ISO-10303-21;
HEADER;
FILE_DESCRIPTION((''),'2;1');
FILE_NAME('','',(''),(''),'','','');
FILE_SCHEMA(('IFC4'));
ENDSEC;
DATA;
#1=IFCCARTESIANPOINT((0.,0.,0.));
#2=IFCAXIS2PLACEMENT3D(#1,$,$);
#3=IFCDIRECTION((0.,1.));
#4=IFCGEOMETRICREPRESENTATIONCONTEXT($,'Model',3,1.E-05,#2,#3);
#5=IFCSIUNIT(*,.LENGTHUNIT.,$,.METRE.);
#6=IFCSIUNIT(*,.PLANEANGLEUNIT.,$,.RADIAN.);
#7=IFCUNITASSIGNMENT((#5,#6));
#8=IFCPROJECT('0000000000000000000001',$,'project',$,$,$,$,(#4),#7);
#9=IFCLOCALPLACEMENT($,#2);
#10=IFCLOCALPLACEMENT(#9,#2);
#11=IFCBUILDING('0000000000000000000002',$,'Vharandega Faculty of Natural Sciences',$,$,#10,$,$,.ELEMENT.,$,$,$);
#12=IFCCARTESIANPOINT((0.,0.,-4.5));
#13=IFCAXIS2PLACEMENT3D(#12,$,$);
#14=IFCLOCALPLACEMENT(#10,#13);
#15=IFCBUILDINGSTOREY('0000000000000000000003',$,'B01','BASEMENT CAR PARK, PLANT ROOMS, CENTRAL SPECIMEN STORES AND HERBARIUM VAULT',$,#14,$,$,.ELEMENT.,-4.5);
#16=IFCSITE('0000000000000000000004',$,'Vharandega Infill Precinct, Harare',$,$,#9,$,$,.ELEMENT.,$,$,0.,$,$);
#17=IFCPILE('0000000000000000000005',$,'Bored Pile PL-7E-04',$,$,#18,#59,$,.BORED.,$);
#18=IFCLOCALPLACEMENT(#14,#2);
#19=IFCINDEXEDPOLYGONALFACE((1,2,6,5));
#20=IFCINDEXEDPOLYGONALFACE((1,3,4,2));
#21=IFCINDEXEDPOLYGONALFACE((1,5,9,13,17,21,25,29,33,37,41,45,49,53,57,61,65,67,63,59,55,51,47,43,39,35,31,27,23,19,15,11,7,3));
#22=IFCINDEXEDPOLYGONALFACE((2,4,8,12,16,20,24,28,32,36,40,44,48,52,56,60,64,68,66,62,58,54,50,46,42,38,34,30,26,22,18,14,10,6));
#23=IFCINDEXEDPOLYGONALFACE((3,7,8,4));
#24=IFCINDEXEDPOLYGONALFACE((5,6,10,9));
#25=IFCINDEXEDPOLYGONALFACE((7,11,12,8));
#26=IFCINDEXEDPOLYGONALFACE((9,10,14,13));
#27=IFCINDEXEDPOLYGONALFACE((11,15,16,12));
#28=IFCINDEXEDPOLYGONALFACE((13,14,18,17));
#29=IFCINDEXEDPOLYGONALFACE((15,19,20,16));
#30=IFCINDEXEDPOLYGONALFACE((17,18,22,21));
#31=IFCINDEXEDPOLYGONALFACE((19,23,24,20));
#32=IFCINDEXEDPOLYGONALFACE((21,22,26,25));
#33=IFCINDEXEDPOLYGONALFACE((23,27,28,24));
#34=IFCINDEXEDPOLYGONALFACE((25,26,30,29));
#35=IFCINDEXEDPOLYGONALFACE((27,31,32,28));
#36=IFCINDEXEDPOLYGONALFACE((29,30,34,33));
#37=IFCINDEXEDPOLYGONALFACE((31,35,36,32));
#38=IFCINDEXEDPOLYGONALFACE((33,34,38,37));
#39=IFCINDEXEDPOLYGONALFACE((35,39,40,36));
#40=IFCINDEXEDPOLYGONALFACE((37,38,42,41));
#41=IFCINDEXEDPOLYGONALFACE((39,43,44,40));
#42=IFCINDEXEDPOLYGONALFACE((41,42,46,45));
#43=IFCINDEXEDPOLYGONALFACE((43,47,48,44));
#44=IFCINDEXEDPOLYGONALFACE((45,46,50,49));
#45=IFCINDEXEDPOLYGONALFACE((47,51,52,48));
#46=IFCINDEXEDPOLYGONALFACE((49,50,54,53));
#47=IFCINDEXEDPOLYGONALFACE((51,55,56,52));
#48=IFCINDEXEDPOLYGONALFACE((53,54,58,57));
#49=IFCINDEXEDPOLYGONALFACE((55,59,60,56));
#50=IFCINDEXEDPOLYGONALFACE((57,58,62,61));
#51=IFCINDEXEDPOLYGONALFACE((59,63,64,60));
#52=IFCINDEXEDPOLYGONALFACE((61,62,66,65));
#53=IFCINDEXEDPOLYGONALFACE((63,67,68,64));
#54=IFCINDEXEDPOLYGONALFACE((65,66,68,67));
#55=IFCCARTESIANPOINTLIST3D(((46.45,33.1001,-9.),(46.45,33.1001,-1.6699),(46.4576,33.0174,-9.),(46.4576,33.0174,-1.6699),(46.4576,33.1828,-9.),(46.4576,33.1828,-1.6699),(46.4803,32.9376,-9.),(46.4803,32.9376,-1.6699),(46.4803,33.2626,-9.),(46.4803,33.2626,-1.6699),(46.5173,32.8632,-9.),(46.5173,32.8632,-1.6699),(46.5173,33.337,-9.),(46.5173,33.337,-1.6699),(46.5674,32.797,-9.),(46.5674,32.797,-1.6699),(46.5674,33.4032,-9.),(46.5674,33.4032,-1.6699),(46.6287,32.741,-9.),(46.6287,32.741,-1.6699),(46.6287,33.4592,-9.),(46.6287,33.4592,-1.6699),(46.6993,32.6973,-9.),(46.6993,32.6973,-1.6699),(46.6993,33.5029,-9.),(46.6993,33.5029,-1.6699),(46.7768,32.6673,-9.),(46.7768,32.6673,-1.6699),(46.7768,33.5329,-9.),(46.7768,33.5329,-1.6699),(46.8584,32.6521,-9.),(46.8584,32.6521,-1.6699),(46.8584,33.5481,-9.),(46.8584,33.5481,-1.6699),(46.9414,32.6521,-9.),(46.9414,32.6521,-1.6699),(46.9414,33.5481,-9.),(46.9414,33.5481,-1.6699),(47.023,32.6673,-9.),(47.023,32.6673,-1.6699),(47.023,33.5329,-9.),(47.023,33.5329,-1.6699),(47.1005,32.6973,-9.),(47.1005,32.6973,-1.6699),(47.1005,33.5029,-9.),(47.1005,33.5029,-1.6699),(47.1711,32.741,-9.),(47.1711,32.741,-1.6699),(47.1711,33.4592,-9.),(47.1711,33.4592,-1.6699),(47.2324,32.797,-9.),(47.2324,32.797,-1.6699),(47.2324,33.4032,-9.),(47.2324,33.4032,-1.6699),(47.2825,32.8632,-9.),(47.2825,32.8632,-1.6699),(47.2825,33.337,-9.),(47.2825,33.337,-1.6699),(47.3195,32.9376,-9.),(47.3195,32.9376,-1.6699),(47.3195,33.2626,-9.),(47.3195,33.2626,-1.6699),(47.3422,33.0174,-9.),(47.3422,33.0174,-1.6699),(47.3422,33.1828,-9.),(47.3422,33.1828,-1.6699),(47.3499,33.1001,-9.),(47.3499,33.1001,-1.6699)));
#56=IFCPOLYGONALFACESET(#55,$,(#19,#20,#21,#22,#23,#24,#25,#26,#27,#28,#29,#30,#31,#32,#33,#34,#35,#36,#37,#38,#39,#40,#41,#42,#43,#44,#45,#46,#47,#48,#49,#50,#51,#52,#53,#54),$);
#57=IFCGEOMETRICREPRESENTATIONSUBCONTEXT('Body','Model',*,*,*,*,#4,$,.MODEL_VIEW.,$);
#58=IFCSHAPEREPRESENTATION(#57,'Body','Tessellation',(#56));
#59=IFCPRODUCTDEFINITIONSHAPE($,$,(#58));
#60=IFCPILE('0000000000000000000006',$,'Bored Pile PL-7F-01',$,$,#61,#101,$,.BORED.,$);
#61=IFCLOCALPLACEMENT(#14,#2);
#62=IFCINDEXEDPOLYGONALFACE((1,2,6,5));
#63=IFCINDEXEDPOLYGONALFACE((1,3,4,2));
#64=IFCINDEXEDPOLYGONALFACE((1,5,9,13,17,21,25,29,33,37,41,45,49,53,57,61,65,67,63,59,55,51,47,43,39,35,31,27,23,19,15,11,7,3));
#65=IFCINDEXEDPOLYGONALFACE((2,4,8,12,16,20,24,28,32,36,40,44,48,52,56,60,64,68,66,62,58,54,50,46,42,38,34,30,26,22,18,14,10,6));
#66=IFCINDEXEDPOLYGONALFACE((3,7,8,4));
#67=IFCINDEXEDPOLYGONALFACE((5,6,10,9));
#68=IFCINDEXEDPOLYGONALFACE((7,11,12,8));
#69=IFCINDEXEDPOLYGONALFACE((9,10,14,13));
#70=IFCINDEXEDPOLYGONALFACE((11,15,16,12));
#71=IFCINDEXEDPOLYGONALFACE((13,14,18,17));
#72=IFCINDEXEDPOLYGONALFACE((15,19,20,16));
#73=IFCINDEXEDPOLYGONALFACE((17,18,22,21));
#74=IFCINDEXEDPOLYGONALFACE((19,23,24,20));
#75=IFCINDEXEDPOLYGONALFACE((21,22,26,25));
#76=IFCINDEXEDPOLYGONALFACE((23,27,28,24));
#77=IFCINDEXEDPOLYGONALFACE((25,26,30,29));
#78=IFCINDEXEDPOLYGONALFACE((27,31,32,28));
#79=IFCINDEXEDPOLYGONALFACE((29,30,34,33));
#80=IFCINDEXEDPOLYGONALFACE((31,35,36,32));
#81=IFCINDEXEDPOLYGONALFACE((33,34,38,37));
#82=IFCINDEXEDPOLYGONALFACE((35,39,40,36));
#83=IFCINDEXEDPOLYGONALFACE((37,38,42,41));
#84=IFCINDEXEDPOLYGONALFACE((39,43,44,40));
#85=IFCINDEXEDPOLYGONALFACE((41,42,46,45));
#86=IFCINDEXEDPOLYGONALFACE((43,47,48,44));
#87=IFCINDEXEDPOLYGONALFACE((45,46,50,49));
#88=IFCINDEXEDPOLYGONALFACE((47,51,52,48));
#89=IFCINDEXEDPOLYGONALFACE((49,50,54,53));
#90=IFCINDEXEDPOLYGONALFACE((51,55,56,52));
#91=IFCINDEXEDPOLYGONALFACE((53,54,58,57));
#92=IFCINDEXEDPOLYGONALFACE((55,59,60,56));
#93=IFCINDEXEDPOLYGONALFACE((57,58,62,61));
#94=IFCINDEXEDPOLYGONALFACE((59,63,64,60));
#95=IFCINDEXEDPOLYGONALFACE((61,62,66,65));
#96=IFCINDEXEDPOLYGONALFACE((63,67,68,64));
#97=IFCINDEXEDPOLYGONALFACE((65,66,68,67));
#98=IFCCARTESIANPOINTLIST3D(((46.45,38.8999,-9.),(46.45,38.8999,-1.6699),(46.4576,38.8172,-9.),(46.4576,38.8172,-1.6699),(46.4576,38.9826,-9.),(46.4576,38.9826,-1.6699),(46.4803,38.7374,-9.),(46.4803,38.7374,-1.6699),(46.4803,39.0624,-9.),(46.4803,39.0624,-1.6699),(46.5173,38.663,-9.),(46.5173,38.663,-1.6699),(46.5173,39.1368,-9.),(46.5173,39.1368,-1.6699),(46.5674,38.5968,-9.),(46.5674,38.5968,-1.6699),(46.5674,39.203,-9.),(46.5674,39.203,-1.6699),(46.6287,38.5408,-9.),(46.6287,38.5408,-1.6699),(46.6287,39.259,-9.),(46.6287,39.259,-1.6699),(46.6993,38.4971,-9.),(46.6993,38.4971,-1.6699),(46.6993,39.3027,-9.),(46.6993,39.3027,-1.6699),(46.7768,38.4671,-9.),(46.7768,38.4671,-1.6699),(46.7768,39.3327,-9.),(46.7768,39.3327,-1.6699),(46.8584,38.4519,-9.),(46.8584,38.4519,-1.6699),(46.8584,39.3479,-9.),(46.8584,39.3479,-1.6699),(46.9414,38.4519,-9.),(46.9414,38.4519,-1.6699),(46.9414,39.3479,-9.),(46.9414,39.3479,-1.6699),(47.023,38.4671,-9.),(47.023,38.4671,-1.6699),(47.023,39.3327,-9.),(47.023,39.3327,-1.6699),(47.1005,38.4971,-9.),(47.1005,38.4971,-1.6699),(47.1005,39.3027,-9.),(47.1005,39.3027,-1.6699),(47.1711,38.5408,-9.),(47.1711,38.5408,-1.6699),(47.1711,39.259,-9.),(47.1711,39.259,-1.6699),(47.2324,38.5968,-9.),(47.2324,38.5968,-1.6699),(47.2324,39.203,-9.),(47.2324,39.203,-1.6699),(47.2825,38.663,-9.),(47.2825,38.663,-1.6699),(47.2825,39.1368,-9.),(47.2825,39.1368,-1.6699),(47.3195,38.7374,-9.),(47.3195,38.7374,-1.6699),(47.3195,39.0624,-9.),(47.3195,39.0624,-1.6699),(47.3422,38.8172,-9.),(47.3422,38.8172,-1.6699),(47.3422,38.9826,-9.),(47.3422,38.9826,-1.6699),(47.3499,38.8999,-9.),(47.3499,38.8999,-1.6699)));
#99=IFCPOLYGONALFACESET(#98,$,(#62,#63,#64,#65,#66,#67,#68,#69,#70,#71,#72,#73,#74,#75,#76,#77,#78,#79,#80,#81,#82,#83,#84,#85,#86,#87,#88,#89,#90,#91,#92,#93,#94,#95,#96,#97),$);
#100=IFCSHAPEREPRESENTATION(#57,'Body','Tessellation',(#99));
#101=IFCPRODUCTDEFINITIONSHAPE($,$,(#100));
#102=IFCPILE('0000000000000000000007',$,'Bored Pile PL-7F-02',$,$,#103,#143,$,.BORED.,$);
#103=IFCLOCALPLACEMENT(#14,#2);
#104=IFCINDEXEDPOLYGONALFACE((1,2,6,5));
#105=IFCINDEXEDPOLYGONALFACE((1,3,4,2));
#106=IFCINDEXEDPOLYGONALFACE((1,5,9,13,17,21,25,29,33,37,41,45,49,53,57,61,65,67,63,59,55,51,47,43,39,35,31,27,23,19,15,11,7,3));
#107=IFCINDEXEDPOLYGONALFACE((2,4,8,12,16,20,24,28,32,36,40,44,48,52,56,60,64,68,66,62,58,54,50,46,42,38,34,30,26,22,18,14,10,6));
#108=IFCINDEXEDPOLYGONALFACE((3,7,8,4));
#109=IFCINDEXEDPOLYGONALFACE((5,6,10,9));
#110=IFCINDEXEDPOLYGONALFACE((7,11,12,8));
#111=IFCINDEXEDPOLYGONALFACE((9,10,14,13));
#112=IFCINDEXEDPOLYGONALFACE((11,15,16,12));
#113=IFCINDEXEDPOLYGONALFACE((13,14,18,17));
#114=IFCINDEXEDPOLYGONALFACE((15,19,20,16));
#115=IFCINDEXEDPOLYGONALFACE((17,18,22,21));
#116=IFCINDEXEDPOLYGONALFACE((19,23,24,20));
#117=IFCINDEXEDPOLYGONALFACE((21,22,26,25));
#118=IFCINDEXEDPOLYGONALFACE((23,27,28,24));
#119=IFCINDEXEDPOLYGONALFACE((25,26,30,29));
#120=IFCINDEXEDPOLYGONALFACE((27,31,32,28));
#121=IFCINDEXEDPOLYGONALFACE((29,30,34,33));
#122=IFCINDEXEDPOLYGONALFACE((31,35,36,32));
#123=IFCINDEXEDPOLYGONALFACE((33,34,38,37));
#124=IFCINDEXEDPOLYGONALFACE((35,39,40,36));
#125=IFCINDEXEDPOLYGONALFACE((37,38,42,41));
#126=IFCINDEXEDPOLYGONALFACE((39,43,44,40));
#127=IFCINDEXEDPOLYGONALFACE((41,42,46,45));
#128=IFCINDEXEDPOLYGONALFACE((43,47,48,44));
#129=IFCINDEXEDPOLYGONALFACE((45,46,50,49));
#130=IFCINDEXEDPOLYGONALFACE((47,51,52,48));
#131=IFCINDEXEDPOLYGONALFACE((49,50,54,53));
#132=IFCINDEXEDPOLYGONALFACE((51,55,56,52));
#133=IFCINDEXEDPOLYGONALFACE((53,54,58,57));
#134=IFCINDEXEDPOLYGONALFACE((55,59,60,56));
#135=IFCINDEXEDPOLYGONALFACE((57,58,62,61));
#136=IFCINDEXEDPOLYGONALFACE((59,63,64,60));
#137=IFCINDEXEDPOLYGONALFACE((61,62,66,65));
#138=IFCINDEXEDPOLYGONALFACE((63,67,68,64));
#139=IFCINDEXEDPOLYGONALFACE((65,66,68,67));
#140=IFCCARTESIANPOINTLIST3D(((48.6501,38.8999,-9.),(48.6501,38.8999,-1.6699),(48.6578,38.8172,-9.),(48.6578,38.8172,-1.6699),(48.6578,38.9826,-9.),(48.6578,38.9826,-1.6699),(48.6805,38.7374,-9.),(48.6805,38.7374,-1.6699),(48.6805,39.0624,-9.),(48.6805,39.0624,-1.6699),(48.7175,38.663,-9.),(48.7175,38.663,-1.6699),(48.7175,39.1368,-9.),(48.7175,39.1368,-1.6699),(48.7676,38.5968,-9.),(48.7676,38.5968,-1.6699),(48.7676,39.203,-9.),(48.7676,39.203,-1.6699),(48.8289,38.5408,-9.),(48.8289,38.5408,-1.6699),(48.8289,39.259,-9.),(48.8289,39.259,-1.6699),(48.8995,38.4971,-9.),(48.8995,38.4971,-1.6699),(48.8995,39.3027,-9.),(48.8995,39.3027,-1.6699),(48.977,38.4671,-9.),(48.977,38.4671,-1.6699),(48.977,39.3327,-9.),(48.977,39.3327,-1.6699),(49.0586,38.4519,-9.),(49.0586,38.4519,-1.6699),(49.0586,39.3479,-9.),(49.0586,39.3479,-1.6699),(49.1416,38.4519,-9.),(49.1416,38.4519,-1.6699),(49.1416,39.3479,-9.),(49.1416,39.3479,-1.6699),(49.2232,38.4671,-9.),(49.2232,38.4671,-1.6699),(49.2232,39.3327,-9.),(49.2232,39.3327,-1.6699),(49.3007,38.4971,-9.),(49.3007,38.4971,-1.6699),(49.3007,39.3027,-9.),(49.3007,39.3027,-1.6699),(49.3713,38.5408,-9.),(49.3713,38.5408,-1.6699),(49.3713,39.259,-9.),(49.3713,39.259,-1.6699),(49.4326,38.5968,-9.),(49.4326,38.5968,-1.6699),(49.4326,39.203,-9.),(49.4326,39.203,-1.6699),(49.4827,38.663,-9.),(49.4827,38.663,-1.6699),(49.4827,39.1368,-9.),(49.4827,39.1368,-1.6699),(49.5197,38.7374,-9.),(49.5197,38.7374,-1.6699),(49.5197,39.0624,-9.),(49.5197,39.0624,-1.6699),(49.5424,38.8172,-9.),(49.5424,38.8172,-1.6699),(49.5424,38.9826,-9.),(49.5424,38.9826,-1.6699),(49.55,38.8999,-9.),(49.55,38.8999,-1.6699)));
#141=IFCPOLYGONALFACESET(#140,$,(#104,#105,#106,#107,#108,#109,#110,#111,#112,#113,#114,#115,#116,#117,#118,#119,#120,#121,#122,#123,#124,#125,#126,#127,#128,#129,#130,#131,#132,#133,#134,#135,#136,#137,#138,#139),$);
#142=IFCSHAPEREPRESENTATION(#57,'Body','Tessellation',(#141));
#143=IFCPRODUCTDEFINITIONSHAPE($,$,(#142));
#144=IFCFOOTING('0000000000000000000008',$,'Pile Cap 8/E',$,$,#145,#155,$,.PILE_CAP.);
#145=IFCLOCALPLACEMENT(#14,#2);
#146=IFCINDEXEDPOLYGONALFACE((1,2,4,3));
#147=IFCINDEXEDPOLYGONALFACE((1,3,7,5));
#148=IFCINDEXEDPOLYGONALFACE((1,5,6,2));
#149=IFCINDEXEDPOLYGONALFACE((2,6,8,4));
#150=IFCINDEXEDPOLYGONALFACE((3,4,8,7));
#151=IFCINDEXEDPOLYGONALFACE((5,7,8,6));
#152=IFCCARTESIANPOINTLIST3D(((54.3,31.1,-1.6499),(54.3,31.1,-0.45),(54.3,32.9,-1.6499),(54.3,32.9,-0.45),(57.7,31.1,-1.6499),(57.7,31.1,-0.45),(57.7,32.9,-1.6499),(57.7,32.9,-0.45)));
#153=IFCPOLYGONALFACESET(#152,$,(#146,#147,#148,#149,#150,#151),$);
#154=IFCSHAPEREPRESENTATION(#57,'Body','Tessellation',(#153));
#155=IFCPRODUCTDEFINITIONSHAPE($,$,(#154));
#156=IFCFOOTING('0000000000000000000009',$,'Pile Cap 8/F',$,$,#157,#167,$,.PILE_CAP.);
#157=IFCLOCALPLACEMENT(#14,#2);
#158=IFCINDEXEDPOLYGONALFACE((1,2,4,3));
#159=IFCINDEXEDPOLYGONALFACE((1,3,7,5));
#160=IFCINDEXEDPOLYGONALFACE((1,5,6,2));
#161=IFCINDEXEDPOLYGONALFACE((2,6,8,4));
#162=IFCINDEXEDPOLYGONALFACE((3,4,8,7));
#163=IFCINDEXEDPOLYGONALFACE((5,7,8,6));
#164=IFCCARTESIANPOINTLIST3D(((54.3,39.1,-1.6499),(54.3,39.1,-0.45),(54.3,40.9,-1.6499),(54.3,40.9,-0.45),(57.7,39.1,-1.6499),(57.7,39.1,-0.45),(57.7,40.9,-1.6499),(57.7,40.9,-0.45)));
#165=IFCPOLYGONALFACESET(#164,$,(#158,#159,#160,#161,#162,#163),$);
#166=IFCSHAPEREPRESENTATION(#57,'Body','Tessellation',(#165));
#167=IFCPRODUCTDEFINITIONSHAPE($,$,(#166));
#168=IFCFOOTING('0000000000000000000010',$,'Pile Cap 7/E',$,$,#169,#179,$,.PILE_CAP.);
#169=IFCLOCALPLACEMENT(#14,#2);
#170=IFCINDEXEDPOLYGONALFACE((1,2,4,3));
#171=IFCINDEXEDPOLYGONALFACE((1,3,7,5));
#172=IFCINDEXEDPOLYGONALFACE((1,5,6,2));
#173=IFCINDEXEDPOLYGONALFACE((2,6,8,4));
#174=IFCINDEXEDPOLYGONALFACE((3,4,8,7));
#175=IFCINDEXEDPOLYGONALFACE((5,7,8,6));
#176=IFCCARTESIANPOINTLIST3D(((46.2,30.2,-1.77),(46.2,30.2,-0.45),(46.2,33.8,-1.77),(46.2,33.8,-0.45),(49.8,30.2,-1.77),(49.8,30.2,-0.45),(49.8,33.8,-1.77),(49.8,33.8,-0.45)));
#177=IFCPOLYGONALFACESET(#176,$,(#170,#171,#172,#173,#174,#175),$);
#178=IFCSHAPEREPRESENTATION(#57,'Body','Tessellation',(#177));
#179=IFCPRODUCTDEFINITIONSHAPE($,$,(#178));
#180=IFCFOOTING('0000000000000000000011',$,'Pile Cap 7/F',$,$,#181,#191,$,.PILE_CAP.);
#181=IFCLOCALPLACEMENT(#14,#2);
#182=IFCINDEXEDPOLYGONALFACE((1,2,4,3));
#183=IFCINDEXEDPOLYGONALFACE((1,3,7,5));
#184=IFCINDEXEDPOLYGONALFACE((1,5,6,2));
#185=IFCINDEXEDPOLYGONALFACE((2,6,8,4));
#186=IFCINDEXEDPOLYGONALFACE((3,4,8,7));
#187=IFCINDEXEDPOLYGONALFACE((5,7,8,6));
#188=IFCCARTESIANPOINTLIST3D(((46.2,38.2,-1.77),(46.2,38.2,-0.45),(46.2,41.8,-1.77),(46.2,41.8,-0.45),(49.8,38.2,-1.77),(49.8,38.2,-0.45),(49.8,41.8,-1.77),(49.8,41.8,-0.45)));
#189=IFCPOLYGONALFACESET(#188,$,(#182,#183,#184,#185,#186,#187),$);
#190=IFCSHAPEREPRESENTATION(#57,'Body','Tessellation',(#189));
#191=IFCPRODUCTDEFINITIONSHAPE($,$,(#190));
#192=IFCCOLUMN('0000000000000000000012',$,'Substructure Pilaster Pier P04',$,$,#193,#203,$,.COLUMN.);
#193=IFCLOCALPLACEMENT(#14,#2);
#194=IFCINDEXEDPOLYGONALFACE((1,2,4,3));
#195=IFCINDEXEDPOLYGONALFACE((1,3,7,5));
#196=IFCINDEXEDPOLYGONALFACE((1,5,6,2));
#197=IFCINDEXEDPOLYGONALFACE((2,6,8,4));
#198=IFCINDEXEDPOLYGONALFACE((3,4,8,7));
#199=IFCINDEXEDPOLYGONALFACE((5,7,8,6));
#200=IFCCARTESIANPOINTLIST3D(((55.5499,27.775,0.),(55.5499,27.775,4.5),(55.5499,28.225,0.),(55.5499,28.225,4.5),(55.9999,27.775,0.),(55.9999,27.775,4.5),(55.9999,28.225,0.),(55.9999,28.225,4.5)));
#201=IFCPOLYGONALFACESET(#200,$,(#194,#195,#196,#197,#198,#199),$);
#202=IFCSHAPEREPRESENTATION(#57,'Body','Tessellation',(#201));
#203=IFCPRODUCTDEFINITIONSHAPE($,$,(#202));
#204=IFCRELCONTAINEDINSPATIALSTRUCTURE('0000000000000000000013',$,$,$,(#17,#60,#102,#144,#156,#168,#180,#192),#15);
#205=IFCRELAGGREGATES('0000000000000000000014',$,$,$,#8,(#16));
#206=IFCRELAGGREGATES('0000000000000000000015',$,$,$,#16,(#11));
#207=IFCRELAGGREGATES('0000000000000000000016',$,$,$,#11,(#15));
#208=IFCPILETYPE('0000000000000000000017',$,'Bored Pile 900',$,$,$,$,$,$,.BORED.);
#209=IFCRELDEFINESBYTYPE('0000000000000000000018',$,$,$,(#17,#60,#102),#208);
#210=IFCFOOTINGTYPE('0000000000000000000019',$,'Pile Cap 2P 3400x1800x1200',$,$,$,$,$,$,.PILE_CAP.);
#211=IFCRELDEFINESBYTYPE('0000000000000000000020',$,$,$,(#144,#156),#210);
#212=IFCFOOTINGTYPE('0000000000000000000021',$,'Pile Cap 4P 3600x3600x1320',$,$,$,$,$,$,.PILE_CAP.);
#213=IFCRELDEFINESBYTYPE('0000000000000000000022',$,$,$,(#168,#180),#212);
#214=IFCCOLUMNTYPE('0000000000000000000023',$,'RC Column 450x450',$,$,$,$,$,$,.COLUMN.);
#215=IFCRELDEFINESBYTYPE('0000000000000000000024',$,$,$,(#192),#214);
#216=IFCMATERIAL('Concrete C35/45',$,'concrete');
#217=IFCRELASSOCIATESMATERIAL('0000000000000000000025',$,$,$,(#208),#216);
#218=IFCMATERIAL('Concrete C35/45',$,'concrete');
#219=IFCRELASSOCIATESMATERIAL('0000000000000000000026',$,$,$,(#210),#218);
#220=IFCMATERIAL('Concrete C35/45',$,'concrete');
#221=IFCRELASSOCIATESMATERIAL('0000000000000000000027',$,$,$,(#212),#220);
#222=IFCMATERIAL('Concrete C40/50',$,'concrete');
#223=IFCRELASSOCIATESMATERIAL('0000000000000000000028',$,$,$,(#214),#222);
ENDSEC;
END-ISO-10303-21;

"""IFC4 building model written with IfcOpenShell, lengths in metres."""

from ifc_helpers import new_model, si_unit, direction, frame, origin, origin_2d, place, context, subcontext, project, spatial, rectangle, circle, extrude, material, material_profile, profile_set, type_object, element, save


model = new_model("IFC4")

# Units and contexts
model_context = context("Model", 3, precision=1e-05, world=origin(), true_north=direction((0.0, 1.0)))
body_context = subcontext(model_context, "Body", "Model", "MODEL_VIEW")
ifc_project = project(units=[si_unit("LENGTHUNIT", "METRE"), si_unit("PLANEANGLEUNIT", "RADIAN")], contexts=[model_context])

# Site, building, storey
site_placement = place(None, origin())
site = spatial("IfcSite", under=ifc_project, at=site_placement, Name="Vharandega Infill Precinct, Harare", CompositionType="ELEMENT", RefElevation=0.0)
building_placement = place(site_placement, origin())
building = spatial("IfcBuilding", under=site, at=building_placement, Name="Vharandega Faculty of Natural Sciences", CompositionType="ELEMENT")
storey_placement = place(building_placement, frame((0.0, 0.0, -4.5)))
storey = spatial("IfcBuildingStorey", under=building, at=storey_placement, Name="B01", Description="BASEMENT CAR PARK, PLANT ROOMS, CENTRAL SPECIMEN STORES AND HERBARIUM VAULT", CompositionType="ELEMENT", Elevation=-4.5)

# Piles
ifc_material_1 = material(Name="Concrete C35/45", Category="concrete")
ifc_material_profile_1 = material_profile(ifc_material_1, circle(Radius=0.45, at=origin_2d()), Name="PILE 900")
ifc_profile_set_1 = profile_set([ifc_material_profile_1], Name="Concrete C35/45")
pile_type_1 = type_object("IfcPileType", Name="Bored Pile 900", PredefinedType="BORED", material=ifc_profile_set_1)
for number, where, z_axis, x_axis, name in (
    (1, (46.8999, 33.1001, -1.6699), (0.0, 0.0, -1.0), (1.0, 0.0, 0.0), "Bored Pile PL-7E-04"),
    (2, (46.8999, 38.8999, -1.6699), (0.0, 0.0, -1.0), (1.0, 0.0, 0.0), "Bored Pile PL-7F-01"),
    (3, (49.1001, 38.8999, -1.6699), (0.0, 0.0, -1.0), (1.0, 0.0, 0.0), "Bored Pile PL-7F-02"),
):
    element("IfcPile", number, at=place(storey_placement, frame(where, z_axis=z_axis, x_axis=x_axis)), inside=storey, type_object=pile_type_1, Name=name, PredefinedType="BORED", context=body_context, shape_type="SweptSolid", body=[
        extrude(circle(Radius=0.45, at=origin_2d()), origin(), (0.0, 0.0, 1.0), 7.3301),
    ])

# Footings
ifc_material_2 = material(Name="Concrete C35/45", Category="concrete")
footing_type_1 = type_object("IfcFootingType", Name="Pile Cap 2P 3400x1800x1200", PredefinedType="PILE_CAP", material=ifc_material_2)
for number, where, z_axis, x_axis, name in (
    (4, (56.0, 32.0, -1.6499), (0.0, 0.0, 1.0), (1.0, 0.0, 0.0), "Pile Cap 8/E"),
    (5, (56.0, 40.0, -1.6499), (0.0, 0.0, 1.0), (1.0, 0.0, 0.0), "Pile Cap 8/F"),
):
    element("IfcFooting", number, at=place(storey_placement, frame(where, z_axis=z_axis, x_axis=x_axis)), inside=storey, type_object=footing_type_1, Name=name, PredefinedType="PILE_CAP", context=body_context, shape_type="SweptSolid", body=[
        extrude(rectangle(XDim=3.3999, YDim=1.8, at=origin_2d()), origin(), (0.0, 0.0, 1.0), 1.2),
    ])
ifc_material_3 = material(Name="Concrete C35/45", Category="concrete")
footing_type_2 = type_object("IfcFootingType", Name="Pile Cap 4P 3600x3600x1320", PredefinedType="PILE_CAP", material=ifc_material_3)
for number, where, z_axis, x_axis, name in (
    (6, (48.0, 32.0, -1.77), (0.0, 0.0, 1.0), (1.0, 0.0, 0.0), "Pile Cap 7/E"),
    (7, (48.0, 40.0, -1.77), (0.0, 0.0, 1.0), (1.0, 0.0, 0.0), "Pile Cap 7/F"),
):
    element("IfcFooting", number, at=place(storey_placement, frame(where, z_axis=z_axis, x_axis=x_axis)), inside=storey, type_object=footing_type_2, Name=name, PredefinedType="PILE_CAP", context=body_context, shape_type="SweptSolid", body=[
        extrude(rectangle(XDim=3.6001, YDim=3.6001, at=origin_2d()), origin(), (0.0, 0.0, 1.0), 1.3201),
    ])

# Column
ifc_material_4 = material(Name="Concrete C40/50", Category="concrete")
ifc_material_profile_2 = material_profile(ifc_material_4, rectangle(XDim=0.45, YDim=0.45, at=origin_2d()), Name="RC 450x450")
ifc_profile_set_2 = profile_set([ifc_material_profile_2], Name="Concrete C40/50")
column_type_1 = type_object("IfcColumnType", Name="RC Column 450x450", PredefinedType="COLUMN", material=ifc_profile_set_2)
for number, where, z_axis, x_axis, name in (
    (8, (55.7749, 28.0, 0.0), (0.0, 0.0, 1.0), (1.0, 0.0, 0.0), "Substructure Pilaster Pier P04"),
):
    element("IfcColumn", number, at=place(storey_placement, frame(where, z_axis=z_axis, x_axis=x_axis)), inside=storey, type_object=column_type_1, Name=name, PredefinedType="COLUMN", context=body_context, shape_type="SweptSolid", body=[
        extrude(rectangle(XDim=0.45, YDim=0.45, at=origin_2d()), origin(), (0.0, 0.0, 1.0), 4.5),
    ])

save(model, "model.ifc")
